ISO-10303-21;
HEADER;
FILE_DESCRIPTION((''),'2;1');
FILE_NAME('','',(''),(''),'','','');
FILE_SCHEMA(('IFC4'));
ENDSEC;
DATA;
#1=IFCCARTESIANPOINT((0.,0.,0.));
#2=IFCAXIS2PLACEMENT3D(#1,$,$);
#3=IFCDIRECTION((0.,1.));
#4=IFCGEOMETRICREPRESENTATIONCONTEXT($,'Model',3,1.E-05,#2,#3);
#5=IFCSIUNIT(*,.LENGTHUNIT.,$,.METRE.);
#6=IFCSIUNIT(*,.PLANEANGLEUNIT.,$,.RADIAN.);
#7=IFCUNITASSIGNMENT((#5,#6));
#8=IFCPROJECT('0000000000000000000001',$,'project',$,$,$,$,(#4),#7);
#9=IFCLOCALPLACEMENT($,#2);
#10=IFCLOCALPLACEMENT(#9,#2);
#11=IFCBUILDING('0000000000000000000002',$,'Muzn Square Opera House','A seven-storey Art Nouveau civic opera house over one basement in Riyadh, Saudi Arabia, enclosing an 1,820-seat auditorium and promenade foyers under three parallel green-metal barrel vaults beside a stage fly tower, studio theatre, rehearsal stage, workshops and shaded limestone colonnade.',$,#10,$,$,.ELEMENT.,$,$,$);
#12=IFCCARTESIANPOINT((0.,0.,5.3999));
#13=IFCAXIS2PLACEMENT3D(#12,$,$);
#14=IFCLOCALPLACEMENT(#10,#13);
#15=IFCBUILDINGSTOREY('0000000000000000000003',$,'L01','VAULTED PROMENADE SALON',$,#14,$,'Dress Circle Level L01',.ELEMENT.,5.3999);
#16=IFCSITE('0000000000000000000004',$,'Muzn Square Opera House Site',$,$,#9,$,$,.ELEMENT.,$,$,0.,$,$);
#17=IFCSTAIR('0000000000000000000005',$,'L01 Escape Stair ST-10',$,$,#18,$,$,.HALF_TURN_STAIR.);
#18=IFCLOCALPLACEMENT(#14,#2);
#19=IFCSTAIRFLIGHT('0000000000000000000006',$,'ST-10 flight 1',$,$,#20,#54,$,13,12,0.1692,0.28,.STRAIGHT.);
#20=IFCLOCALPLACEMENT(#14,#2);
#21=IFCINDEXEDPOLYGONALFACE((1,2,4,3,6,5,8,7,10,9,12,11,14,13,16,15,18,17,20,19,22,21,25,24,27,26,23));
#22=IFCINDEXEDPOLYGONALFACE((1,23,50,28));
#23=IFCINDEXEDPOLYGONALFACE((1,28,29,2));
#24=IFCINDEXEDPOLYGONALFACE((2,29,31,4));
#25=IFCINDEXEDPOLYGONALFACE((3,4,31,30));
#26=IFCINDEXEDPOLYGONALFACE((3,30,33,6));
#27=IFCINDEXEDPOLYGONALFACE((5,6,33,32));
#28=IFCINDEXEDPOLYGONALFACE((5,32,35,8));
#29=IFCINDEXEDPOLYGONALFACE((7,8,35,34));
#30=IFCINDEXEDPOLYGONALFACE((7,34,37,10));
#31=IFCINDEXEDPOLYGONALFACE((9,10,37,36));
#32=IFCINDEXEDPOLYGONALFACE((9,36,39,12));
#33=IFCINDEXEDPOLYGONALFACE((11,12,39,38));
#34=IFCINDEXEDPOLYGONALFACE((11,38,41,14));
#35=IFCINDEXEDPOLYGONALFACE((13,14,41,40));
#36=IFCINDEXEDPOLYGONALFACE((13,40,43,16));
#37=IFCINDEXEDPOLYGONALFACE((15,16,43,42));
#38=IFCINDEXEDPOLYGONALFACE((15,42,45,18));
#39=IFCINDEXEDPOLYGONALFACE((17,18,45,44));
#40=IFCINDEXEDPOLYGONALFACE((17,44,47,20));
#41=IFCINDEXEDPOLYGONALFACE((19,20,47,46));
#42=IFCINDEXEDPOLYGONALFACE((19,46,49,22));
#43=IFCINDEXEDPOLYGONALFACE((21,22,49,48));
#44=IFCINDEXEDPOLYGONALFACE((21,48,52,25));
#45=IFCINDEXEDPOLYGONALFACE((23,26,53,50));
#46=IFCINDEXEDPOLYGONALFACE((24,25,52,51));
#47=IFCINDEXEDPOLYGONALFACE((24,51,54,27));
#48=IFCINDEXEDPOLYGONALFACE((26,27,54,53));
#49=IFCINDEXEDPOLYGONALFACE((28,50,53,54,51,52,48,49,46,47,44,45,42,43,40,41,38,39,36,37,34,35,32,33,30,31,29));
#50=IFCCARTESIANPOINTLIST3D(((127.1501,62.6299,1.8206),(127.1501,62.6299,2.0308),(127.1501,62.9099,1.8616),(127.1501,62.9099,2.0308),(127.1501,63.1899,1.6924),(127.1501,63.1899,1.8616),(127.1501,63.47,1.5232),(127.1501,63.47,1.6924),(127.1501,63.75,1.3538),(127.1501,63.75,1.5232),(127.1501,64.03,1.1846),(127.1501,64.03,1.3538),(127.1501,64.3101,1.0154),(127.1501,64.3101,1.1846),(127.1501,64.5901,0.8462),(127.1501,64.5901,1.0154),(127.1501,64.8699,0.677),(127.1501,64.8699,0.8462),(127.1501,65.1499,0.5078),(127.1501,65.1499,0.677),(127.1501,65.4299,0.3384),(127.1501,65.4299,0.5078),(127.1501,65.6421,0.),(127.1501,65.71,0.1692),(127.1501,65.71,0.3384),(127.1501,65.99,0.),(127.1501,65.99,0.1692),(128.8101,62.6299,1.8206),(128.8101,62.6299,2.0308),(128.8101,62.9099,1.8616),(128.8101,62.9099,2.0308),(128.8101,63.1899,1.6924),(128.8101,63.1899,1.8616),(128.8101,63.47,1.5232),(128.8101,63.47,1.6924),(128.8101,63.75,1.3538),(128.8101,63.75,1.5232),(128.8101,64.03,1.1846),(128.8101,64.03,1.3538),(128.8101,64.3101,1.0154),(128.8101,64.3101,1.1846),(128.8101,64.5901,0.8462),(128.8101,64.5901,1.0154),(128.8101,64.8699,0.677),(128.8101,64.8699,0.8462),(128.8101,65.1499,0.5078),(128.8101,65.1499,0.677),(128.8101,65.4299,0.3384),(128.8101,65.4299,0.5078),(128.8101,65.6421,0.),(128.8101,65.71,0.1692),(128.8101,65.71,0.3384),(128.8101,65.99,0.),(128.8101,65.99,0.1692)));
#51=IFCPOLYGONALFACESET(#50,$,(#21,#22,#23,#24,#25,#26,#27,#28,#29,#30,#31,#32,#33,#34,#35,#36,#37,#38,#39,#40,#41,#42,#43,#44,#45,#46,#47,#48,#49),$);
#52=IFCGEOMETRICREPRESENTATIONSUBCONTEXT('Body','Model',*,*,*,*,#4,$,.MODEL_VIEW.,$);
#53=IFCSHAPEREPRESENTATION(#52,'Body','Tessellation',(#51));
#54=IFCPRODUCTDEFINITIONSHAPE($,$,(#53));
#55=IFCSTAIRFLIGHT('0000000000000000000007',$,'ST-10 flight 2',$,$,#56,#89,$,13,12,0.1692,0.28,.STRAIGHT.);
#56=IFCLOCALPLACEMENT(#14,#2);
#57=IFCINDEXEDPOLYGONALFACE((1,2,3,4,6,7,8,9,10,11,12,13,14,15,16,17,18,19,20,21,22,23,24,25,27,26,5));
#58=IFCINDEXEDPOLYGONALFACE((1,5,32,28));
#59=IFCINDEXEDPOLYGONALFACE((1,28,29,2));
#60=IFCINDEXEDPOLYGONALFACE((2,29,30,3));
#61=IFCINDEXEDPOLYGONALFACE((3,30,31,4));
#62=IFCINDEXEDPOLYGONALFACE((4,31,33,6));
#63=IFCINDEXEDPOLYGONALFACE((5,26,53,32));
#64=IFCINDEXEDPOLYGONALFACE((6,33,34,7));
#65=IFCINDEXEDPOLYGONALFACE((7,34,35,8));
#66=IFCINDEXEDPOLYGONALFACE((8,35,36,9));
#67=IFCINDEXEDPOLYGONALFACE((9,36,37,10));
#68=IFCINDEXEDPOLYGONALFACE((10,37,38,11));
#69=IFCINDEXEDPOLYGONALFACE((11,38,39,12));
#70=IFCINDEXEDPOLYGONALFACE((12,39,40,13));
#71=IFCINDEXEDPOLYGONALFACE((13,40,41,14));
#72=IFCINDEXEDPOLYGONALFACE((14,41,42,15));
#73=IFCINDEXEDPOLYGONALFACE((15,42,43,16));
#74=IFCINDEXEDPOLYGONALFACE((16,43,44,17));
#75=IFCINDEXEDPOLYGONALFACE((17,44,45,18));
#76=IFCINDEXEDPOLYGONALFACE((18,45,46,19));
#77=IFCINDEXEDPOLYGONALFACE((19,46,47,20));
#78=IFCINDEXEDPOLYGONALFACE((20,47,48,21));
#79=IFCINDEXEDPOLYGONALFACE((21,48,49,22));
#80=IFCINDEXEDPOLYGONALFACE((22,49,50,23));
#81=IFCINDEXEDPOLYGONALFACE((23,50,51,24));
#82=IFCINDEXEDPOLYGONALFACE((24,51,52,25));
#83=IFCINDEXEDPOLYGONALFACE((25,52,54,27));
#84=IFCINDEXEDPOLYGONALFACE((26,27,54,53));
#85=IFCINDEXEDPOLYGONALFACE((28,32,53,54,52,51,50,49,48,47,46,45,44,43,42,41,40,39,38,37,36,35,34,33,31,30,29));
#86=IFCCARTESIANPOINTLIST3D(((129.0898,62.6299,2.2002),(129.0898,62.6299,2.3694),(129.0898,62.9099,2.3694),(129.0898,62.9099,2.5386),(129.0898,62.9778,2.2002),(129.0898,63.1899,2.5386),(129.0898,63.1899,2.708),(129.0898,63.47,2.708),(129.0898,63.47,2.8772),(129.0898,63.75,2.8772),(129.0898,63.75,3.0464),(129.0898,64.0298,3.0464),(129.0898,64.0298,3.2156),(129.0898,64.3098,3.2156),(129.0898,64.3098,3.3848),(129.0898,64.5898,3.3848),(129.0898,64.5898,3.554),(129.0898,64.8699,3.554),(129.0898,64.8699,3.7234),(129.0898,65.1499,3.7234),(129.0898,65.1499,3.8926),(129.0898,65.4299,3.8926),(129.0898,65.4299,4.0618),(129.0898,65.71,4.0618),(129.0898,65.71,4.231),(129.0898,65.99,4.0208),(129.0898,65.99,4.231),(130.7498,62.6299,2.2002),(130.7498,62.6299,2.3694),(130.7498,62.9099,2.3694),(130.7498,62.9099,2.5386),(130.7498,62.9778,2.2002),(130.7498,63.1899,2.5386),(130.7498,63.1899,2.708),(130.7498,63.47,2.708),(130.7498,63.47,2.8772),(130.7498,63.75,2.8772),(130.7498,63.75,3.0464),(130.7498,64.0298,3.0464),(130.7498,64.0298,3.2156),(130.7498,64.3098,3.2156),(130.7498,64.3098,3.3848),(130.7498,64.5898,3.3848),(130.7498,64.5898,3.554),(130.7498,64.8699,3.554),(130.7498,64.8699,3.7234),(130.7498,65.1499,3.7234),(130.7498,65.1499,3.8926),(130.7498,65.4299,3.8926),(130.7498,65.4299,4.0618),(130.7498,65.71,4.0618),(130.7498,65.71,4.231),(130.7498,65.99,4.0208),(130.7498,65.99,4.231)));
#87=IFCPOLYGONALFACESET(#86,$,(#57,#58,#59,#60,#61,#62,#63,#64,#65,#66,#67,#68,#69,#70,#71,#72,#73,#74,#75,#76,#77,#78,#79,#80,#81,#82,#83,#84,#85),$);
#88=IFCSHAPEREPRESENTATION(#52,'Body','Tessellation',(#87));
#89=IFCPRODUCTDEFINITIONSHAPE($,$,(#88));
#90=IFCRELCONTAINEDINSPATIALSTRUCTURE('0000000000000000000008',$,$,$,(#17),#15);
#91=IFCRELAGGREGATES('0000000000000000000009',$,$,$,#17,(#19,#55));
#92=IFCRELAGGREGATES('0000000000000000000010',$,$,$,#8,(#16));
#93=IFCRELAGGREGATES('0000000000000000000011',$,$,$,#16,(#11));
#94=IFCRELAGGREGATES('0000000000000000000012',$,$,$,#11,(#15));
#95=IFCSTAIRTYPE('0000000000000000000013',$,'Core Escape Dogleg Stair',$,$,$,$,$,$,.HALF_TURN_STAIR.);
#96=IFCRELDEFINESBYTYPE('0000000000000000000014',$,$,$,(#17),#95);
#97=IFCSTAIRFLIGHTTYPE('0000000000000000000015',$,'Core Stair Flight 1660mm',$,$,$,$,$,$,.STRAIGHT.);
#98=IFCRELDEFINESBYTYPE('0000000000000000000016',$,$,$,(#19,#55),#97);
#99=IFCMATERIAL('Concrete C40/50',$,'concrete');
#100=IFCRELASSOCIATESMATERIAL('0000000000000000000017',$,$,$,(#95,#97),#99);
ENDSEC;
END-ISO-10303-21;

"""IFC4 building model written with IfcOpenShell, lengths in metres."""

from ifc_helpers import new_model, si_unit, direction, frame, origin, place, context, subcontext, project, spatial, polyline, outline, extrude, material, type_object, element, aggregate, save


model = new_model("IFC4")

# Units and contexts
model_context = context("Model", 3, precision=1e-05, world=origin(), true_north=direction((0.0, 1.0)))
body_context = subcontext(model_context, "Body", "Model", "MODEL_VIEW")
ifc_project = project(units=[si_unit("LENGTHUNIT", "METRE"), si_unit("PLANEANGLEUNIT", "RADIAN")], contexts=[model_context])

# Site, building, storey
site_placement = place(None, origin())
site = spatial("IfcSite", under=ifc_project, at=site_placement, Name="Muzn Square Opera House Site", CompositionType="ELEMENT", RefElevation=0.0)
building_placement = place(site_placement, origin())
building = spatial("IfcBuilding", under=site, at=building_placement, Name="Muzn Square Opera House", Description="A seven-storey Art Nouveau civic opera house over one basement in Riyadh, Saudi Arabia, enclosing an 1,820-seat auditorium and promenade foyers under three parallel green-metal barrel vaults beside a stage fly tower, studio theatre, rehearsal stage, workshops and shaded limestone colonnade.", CompositionType="ELEMENT")
storey_placement = place(building_placement, frame((0.0, 0.0, 5.3999)))
storey = spatial("IfcBuildingStorey", under=building, at=storey_placement, Name="L01", Description="VAULTED PROMENADE SALON", LongName="Dress Circle Level L01", CompositionType="ELEMENT", Elevation=5.3999)

# Shared definitions
ifc_material_1 = material(Name="Concrete C40/50", Category="concrete")

# Stair, stair flights
stair_type = type_object("IfcStairType", Name="Core Escape Dogleg Stair", PredefinedType="HALF_TURN_STAIR", material=ifc_material_1)
stair_placement = place(storey_placement, origin())
stair = element("IfcStair", 1, at=stair_placement, inside=storey, type_object=stair_type, Name="L01 Escape Stair ST-10", PredefinedType="HALF_TURN_STAIR")
stair_flight_type = type_object("IfcStairFlightType", Name="Core Stair Flight 1660mm", PredefinedType="STRAIGHT", material=ifc_material_1)
stair_flight_1_placement = place(storey_placement, frame((127.98, 65.99, 0.0), z_axis=(0.0, 0.0, 1.0), x_axis=(0.0, -1.0, 0.0)))
stair_flight_1 = element("IfcStairFlight", 2, at=stair_flight_1_placement, type_object=stair_flight_type, Name="ST-10 flight 1", NumberOfRisers=13, NumberOfTreads=12, PredefinedType="STRAIGHT", RiserHeight=0.1692, TreadLength=0.28, context=body_context, shape_type="SweptSolid", body=[
    extrude(outline(polyline([(0.0, 0.0), (0.0, 0.1692), (0.28, 0.1692), (0.28, 0.3384), (0.5601, 0.3384), (0.5601, 0.5078), (0.8401, 0.5078), (0.8401, 0.677), (1.1201, 0.677), (1.1201, 0.8462), (1.3999, 0.8462), (1.3999, 1.0154), (1.6799, 1.0154), (1.6799, 1.1846), (1.96, 1.1846), (1.96, 1.3538), (2.24, 1.3538), (2.24, 1.5232), (2.52, 1.5232), (2.52, 1.6924), (2.8, 1.6924), (2.8, 1.8616), (3.0801, 1.8616), (3.0801, 2.0308), (3.3601, 2.0308), (3.3601, 2.2), (3.3601, 1.8206), (0.3479, 0.0), (0.0, 0.0)])), frame((0.0, 0.8301, 0.0), z_axis=(0.0, -1.0, 0.0), x_axis=(1.0, 0.0, 0.0)), (0.0, 0.0, 1.0), 1.6599),
])
stair_flight_2_placement = place(storey_placement, frame((129.9199, 62.6299, 2.2002), z_axis=(0.0, 0.0, 1.0), x_axis=(0.0, 1.0, 0.0)))
stair_flight_2 = element("IfcStairFlight", 3, at=stair_flight_2_placement, type_object=stair_flight_type, Name="ST-10 flight 2", NumberOfRisers=13, NumberOfTreads=12, PredefinedType="STRAIGHT", RiserHeight=0.1692, TreadLength=0.28, context=body_context, shape_type="SweptSolid", body=[
    extrude(outline(polyline([(0.0, 0.0), (0.0, 0.1692), (0.28, 0.1692), (0.28, 0.3384), (0.5601, 0.3384), (0.5601, 0.5078), (0.8401, 0.5078), (0.8401, 0.677), (1.1201, 0.677), (1.1201, 0.8462), (1.3999, 0.8462), (1.3999, 1.0154), (1.6799, 1.0154), (1.6799, 1.1846), (1.96, 1.1846), (1.96, 1.3538), (2.24, 1.3538), (2.24, 1.5232), (2.52, 1.5232), (2.52, 1.6924), (2.8, 1.6924), (2.8, 1.8616), (3.0801, 1.8616), (3.0801, 2.0308), (3.3601, 2.0308), (3.3601, 2.2), (3.3601, 1.8206), (0.3479, 0.0), (0.0, 0.0)])), frame((0.0, 0.8301, 0.0), z_axis=(0.0, -1.0, 0.0), x_axis=(1.0, 0.0, 0.0)), (0.0, 0.0, 1.0), 1.6599),
])
aggregate(stair, [stair_flight_1, stair_flight_2])

save(model, "model.ifc")
